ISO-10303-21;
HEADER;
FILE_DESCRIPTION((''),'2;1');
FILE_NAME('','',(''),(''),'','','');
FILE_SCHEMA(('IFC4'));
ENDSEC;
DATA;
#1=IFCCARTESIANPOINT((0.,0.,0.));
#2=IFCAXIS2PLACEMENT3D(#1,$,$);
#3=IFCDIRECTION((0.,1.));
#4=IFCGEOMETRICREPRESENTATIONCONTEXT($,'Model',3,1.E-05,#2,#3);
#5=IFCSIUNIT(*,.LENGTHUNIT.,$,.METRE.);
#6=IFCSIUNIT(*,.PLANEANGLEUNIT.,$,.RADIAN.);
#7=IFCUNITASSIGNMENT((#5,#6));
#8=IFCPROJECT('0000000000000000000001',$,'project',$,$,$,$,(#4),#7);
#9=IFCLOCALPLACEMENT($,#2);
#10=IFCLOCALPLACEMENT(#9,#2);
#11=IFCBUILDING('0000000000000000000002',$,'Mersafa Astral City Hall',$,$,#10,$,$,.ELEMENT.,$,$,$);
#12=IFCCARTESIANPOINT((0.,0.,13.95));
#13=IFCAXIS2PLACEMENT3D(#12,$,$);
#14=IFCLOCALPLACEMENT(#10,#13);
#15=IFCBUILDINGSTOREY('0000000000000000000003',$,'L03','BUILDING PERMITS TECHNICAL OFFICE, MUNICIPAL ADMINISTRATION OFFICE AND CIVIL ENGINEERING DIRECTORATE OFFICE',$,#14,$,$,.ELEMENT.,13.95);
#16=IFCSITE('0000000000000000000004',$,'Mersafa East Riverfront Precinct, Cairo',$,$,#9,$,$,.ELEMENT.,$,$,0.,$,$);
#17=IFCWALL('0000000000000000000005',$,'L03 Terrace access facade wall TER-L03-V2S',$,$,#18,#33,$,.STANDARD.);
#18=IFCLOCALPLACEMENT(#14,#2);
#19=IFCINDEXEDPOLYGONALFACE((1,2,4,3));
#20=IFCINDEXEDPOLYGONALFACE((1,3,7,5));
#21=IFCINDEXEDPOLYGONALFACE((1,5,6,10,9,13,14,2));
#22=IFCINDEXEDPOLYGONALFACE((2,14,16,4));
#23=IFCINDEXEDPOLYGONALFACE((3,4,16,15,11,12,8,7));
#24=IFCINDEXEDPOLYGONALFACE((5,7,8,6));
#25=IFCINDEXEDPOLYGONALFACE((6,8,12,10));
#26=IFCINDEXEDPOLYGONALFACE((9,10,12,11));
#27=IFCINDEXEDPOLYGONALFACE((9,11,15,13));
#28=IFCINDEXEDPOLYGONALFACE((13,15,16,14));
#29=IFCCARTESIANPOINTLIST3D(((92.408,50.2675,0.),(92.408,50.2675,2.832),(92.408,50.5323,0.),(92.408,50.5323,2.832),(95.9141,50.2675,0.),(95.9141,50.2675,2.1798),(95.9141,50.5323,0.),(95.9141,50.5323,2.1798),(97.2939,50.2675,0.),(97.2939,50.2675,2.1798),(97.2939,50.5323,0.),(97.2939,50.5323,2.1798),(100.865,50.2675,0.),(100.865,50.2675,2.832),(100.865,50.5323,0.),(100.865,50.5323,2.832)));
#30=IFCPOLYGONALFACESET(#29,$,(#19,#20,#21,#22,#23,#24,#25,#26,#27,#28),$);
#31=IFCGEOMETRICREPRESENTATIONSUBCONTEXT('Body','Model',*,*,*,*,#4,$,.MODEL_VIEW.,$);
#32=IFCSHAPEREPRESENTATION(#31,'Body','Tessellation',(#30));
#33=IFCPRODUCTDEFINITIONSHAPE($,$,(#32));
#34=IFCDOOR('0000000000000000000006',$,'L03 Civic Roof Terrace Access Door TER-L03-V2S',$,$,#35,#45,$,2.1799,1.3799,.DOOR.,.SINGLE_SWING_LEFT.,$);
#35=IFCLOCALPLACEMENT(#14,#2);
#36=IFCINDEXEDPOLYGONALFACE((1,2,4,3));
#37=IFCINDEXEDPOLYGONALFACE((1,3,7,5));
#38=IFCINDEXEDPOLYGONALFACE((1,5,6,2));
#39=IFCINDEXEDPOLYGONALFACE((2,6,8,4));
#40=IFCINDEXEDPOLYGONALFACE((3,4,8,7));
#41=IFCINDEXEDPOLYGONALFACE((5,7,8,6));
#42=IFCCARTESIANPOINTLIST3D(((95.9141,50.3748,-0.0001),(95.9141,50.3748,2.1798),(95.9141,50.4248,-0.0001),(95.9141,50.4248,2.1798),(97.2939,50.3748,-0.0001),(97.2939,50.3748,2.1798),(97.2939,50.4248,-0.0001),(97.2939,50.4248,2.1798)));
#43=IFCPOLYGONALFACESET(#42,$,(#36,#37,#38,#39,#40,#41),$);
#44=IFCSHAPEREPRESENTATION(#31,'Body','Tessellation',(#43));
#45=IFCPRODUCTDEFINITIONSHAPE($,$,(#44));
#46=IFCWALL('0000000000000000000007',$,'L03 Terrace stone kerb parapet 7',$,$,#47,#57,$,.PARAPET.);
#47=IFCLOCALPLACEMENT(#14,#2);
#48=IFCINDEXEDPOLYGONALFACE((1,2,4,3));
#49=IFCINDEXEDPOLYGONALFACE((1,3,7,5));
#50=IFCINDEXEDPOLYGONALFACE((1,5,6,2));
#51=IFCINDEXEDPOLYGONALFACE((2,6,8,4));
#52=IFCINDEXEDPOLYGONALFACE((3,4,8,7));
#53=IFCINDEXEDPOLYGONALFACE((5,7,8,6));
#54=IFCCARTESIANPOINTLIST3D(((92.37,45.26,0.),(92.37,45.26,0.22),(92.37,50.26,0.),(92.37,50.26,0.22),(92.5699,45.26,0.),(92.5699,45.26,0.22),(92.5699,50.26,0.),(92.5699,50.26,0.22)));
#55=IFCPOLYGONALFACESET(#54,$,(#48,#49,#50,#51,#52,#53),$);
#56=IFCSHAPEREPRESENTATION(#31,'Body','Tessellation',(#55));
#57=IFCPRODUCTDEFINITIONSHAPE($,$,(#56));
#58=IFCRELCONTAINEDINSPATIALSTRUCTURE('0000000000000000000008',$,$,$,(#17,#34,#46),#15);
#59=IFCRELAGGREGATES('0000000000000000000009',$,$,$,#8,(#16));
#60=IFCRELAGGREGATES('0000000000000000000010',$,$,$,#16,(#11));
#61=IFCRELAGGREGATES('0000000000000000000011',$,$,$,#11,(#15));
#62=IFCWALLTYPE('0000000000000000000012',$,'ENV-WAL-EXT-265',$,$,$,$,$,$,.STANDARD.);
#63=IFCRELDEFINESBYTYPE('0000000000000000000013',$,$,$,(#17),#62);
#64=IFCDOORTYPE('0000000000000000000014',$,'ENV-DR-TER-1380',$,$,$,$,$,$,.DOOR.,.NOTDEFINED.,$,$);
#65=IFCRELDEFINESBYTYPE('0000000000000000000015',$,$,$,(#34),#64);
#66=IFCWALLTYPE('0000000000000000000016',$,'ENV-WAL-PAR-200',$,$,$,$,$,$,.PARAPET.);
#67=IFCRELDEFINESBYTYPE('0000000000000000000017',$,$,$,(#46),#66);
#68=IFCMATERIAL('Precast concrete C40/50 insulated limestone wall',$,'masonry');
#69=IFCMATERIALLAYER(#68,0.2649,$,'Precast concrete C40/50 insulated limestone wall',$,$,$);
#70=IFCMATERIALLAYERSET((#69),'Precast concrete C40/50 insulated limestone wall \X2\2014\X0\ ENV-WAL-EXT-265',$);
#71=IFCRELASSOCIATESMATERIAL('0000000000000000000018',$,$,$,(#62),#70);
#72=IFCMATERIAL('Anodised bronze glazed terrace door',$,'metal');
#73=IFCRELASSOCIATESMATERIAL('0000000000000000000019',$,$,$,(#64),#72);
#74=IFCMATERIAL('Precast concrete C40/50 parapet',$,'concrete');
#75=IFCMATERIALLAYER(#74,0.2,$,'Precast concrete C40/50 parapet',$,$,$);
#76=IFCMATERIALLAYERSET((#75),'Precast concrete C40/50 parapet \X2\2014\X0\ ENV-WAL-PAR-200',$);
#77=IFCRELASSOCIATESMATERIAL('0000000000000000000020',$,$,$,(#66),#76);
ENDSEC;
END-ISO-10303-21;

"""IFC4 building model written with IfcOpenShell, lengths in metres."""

from ifc_helpers import new_model, si_unit, direction, frame, frame_2d, origin, place, context, subcontext, project, spatial, rectangle, extrude, material, layer, layer_set, type_object, element, fill, save


model = new_model("IFC4")

# Units and contexts
model_context = context("Model", 3, precision=1e-05, world=origin(), true_north=direction((0.0, 1.0)))
body_context = subcontext(model_context, "Body", "Model", "MODEL_VIEW")
ifc_project = project(units=[si_unit("LENGTHUNIT", "METRE"), si_unit("PLANEANGLEUNIT", "RADIAN")], contexts=[model_context])

# Site, building, storey
site_placement = place(None, origin())
site = spatial("IfcSite", under=ifc_project, at=site_placement, Name="Mersafa East Riverfront Precinct, Cairo", CompositionType="ELEMENT", RefElevation=0.0)
building_placement = place(site_placement, origin())
building = spatial("IfcBuilding", under=site, at=building_placement, Name="Mersafa Astral City Hall", CompositionType="ELEMENT")
storey_placement = place(building_placement, frame((0.0, 0.0, 13.95)))
storey = spatial("IfcBuildingStorey", under=building, at=storey_placement, Name="L03", Description="BUILDING PERMITS TECHNICAL OFFICE, MUNICIPAL ADMINISTRATION OFFICE AND CIVIL ENGINEERING DIRECTORATE OFFICE", CompositionType="ELEMENT", Elevation=13.95)

# Wall, opening, door
ifc_material_1 = material(Name="Precast concrete C40/50 insulated limestone wall", Category="masonry")
ifc_layer_1 = layer(ifc_material_1, 0.2649, Name="Precast concrete C40/50 insulated limestone wall")
ifc_layer_set_1 = layer_set([ifc_layer_1], Name="Precast concrete C40/50 insulated limestone wall — ENV-WAL-EXT-265")
wall_type_1 = type_object("IfcWallType", Name="ENV-WAL-EXT-265", PredefinedType="STANDARD", material=ifc_layer_set_1)
wall_1_placement = place(storey_placement, frame((92.408, 50.3999, 0.0), z_axis=(0.0, 0.0, 1.0), x_axis=(1.0, 0.0, 0.0)))
wall_1 = element("IfcWall", 1, at=wall_1_placement, inside=storey, type_object=wall_type_1, Name="L03 Terrace access facade wall TER-L03-V2S", PredefinedType="STANDARD", context=body_context, shape_type="SweptSolid", body=[
    extrude(rectangle(XDim=8.457, YDim=0.2649, at=frame_2d((4.2285, 0.0))), origin(), (0.0, 0.0, 1.0), 2.832),
])
opening_placement = place(wall_1_placement, frame((3.5061, 0.0, 0.0)))
opening = element("IfcOpeningElement", 2, at=opening_placement, cuts=wall_1, PredefinedType="OPENING", context=body_context, shape_type="SweptSolid", body=[
    extrude(rectangle(XDim=1.3799, YDim=2.1799, at=frame_2d((0.6899, 1.0898))), frame((0.0, 0.1423, 0.0), z_axis=(0.0, -1.0, 0.0), x_axis=(1.0, 0.0, 0.0)), (0.0, 0.0, 1.0), 0.2849),
])
ifc_material_2 = material(Name="Anodised bronze glazed terrace door", Category="metal")
door_type = type_object("IfcDoorType", Name="ENV-DR-TER-1380", OperationType="NOTDEFINED", PredefinedType="DOOR", material=ifc_material_2)
door_placement = place(opening_placement, origin())
door = element("IfcDoor", 3, at=door_placement, inside=storey, type_object=door_type, Name="L03 Civic Roof Terrace Access Door TER-L03-V2S", OperationType="SINGLE_SWING_LEFT", OverallHeight=2.1799, OverallWidth=1.3799, PredefinedType="DOOR", context=body_context, shape_type="SweptSolid", body=[
    extrude(rectangle(XDim=1.3799, YDim=2.1799, at=frame_2d((0.6899, 1.0898))), frame((0.0, 0.0249, 0.0), z_axis=(0.0, -1.0, 0.0), x_axis=(1.0, 0.0, 0.0)), (0.0, 0.0, 1.0), 0.05),
])
fill(opening, door)

# Wall
ifc_material_3 = material(Name="Precast concrete C40/50 parapet", Category="concrete")
ifc_layer_2 = layer(ifc_material_3, 0.2, Name="Precast concrete C40/50 parapet")
ifc_layer_set_2 = layer_set([ifc_layer_2], Name="Precast concrete C40/50 parapet — ENV-WAL-PAR-200")
wall_type_2 = type_object("IfcWallType", Name="ENV-WAL-PAR-200", PredefinedType="PARAPET", material=ifc_layer_set_2)
wall_2_placement = place(storey_placement, frame((92.47, 50.26, 0.0), z_axis=(0.0, 0.0, 1.0), x_axis=(0.0, -1.0, 0.0)))
element("IfcWall", 4, at=wall_2_placement, inside=storey, type_object=wall_type_2, Name="L03 Terrace stone kerb parapet 7", PredefinedType="PARAPET", context=body_context, shape_type="SweptSolid", body=[
    extrude(rectangle(XDim=5.0, YDim=0.2, at=frame_2d((2.5, 0.0))), origin(), (0.0, 0.0, 1.0), 0.22),
])

save(model, "model.ifc")
